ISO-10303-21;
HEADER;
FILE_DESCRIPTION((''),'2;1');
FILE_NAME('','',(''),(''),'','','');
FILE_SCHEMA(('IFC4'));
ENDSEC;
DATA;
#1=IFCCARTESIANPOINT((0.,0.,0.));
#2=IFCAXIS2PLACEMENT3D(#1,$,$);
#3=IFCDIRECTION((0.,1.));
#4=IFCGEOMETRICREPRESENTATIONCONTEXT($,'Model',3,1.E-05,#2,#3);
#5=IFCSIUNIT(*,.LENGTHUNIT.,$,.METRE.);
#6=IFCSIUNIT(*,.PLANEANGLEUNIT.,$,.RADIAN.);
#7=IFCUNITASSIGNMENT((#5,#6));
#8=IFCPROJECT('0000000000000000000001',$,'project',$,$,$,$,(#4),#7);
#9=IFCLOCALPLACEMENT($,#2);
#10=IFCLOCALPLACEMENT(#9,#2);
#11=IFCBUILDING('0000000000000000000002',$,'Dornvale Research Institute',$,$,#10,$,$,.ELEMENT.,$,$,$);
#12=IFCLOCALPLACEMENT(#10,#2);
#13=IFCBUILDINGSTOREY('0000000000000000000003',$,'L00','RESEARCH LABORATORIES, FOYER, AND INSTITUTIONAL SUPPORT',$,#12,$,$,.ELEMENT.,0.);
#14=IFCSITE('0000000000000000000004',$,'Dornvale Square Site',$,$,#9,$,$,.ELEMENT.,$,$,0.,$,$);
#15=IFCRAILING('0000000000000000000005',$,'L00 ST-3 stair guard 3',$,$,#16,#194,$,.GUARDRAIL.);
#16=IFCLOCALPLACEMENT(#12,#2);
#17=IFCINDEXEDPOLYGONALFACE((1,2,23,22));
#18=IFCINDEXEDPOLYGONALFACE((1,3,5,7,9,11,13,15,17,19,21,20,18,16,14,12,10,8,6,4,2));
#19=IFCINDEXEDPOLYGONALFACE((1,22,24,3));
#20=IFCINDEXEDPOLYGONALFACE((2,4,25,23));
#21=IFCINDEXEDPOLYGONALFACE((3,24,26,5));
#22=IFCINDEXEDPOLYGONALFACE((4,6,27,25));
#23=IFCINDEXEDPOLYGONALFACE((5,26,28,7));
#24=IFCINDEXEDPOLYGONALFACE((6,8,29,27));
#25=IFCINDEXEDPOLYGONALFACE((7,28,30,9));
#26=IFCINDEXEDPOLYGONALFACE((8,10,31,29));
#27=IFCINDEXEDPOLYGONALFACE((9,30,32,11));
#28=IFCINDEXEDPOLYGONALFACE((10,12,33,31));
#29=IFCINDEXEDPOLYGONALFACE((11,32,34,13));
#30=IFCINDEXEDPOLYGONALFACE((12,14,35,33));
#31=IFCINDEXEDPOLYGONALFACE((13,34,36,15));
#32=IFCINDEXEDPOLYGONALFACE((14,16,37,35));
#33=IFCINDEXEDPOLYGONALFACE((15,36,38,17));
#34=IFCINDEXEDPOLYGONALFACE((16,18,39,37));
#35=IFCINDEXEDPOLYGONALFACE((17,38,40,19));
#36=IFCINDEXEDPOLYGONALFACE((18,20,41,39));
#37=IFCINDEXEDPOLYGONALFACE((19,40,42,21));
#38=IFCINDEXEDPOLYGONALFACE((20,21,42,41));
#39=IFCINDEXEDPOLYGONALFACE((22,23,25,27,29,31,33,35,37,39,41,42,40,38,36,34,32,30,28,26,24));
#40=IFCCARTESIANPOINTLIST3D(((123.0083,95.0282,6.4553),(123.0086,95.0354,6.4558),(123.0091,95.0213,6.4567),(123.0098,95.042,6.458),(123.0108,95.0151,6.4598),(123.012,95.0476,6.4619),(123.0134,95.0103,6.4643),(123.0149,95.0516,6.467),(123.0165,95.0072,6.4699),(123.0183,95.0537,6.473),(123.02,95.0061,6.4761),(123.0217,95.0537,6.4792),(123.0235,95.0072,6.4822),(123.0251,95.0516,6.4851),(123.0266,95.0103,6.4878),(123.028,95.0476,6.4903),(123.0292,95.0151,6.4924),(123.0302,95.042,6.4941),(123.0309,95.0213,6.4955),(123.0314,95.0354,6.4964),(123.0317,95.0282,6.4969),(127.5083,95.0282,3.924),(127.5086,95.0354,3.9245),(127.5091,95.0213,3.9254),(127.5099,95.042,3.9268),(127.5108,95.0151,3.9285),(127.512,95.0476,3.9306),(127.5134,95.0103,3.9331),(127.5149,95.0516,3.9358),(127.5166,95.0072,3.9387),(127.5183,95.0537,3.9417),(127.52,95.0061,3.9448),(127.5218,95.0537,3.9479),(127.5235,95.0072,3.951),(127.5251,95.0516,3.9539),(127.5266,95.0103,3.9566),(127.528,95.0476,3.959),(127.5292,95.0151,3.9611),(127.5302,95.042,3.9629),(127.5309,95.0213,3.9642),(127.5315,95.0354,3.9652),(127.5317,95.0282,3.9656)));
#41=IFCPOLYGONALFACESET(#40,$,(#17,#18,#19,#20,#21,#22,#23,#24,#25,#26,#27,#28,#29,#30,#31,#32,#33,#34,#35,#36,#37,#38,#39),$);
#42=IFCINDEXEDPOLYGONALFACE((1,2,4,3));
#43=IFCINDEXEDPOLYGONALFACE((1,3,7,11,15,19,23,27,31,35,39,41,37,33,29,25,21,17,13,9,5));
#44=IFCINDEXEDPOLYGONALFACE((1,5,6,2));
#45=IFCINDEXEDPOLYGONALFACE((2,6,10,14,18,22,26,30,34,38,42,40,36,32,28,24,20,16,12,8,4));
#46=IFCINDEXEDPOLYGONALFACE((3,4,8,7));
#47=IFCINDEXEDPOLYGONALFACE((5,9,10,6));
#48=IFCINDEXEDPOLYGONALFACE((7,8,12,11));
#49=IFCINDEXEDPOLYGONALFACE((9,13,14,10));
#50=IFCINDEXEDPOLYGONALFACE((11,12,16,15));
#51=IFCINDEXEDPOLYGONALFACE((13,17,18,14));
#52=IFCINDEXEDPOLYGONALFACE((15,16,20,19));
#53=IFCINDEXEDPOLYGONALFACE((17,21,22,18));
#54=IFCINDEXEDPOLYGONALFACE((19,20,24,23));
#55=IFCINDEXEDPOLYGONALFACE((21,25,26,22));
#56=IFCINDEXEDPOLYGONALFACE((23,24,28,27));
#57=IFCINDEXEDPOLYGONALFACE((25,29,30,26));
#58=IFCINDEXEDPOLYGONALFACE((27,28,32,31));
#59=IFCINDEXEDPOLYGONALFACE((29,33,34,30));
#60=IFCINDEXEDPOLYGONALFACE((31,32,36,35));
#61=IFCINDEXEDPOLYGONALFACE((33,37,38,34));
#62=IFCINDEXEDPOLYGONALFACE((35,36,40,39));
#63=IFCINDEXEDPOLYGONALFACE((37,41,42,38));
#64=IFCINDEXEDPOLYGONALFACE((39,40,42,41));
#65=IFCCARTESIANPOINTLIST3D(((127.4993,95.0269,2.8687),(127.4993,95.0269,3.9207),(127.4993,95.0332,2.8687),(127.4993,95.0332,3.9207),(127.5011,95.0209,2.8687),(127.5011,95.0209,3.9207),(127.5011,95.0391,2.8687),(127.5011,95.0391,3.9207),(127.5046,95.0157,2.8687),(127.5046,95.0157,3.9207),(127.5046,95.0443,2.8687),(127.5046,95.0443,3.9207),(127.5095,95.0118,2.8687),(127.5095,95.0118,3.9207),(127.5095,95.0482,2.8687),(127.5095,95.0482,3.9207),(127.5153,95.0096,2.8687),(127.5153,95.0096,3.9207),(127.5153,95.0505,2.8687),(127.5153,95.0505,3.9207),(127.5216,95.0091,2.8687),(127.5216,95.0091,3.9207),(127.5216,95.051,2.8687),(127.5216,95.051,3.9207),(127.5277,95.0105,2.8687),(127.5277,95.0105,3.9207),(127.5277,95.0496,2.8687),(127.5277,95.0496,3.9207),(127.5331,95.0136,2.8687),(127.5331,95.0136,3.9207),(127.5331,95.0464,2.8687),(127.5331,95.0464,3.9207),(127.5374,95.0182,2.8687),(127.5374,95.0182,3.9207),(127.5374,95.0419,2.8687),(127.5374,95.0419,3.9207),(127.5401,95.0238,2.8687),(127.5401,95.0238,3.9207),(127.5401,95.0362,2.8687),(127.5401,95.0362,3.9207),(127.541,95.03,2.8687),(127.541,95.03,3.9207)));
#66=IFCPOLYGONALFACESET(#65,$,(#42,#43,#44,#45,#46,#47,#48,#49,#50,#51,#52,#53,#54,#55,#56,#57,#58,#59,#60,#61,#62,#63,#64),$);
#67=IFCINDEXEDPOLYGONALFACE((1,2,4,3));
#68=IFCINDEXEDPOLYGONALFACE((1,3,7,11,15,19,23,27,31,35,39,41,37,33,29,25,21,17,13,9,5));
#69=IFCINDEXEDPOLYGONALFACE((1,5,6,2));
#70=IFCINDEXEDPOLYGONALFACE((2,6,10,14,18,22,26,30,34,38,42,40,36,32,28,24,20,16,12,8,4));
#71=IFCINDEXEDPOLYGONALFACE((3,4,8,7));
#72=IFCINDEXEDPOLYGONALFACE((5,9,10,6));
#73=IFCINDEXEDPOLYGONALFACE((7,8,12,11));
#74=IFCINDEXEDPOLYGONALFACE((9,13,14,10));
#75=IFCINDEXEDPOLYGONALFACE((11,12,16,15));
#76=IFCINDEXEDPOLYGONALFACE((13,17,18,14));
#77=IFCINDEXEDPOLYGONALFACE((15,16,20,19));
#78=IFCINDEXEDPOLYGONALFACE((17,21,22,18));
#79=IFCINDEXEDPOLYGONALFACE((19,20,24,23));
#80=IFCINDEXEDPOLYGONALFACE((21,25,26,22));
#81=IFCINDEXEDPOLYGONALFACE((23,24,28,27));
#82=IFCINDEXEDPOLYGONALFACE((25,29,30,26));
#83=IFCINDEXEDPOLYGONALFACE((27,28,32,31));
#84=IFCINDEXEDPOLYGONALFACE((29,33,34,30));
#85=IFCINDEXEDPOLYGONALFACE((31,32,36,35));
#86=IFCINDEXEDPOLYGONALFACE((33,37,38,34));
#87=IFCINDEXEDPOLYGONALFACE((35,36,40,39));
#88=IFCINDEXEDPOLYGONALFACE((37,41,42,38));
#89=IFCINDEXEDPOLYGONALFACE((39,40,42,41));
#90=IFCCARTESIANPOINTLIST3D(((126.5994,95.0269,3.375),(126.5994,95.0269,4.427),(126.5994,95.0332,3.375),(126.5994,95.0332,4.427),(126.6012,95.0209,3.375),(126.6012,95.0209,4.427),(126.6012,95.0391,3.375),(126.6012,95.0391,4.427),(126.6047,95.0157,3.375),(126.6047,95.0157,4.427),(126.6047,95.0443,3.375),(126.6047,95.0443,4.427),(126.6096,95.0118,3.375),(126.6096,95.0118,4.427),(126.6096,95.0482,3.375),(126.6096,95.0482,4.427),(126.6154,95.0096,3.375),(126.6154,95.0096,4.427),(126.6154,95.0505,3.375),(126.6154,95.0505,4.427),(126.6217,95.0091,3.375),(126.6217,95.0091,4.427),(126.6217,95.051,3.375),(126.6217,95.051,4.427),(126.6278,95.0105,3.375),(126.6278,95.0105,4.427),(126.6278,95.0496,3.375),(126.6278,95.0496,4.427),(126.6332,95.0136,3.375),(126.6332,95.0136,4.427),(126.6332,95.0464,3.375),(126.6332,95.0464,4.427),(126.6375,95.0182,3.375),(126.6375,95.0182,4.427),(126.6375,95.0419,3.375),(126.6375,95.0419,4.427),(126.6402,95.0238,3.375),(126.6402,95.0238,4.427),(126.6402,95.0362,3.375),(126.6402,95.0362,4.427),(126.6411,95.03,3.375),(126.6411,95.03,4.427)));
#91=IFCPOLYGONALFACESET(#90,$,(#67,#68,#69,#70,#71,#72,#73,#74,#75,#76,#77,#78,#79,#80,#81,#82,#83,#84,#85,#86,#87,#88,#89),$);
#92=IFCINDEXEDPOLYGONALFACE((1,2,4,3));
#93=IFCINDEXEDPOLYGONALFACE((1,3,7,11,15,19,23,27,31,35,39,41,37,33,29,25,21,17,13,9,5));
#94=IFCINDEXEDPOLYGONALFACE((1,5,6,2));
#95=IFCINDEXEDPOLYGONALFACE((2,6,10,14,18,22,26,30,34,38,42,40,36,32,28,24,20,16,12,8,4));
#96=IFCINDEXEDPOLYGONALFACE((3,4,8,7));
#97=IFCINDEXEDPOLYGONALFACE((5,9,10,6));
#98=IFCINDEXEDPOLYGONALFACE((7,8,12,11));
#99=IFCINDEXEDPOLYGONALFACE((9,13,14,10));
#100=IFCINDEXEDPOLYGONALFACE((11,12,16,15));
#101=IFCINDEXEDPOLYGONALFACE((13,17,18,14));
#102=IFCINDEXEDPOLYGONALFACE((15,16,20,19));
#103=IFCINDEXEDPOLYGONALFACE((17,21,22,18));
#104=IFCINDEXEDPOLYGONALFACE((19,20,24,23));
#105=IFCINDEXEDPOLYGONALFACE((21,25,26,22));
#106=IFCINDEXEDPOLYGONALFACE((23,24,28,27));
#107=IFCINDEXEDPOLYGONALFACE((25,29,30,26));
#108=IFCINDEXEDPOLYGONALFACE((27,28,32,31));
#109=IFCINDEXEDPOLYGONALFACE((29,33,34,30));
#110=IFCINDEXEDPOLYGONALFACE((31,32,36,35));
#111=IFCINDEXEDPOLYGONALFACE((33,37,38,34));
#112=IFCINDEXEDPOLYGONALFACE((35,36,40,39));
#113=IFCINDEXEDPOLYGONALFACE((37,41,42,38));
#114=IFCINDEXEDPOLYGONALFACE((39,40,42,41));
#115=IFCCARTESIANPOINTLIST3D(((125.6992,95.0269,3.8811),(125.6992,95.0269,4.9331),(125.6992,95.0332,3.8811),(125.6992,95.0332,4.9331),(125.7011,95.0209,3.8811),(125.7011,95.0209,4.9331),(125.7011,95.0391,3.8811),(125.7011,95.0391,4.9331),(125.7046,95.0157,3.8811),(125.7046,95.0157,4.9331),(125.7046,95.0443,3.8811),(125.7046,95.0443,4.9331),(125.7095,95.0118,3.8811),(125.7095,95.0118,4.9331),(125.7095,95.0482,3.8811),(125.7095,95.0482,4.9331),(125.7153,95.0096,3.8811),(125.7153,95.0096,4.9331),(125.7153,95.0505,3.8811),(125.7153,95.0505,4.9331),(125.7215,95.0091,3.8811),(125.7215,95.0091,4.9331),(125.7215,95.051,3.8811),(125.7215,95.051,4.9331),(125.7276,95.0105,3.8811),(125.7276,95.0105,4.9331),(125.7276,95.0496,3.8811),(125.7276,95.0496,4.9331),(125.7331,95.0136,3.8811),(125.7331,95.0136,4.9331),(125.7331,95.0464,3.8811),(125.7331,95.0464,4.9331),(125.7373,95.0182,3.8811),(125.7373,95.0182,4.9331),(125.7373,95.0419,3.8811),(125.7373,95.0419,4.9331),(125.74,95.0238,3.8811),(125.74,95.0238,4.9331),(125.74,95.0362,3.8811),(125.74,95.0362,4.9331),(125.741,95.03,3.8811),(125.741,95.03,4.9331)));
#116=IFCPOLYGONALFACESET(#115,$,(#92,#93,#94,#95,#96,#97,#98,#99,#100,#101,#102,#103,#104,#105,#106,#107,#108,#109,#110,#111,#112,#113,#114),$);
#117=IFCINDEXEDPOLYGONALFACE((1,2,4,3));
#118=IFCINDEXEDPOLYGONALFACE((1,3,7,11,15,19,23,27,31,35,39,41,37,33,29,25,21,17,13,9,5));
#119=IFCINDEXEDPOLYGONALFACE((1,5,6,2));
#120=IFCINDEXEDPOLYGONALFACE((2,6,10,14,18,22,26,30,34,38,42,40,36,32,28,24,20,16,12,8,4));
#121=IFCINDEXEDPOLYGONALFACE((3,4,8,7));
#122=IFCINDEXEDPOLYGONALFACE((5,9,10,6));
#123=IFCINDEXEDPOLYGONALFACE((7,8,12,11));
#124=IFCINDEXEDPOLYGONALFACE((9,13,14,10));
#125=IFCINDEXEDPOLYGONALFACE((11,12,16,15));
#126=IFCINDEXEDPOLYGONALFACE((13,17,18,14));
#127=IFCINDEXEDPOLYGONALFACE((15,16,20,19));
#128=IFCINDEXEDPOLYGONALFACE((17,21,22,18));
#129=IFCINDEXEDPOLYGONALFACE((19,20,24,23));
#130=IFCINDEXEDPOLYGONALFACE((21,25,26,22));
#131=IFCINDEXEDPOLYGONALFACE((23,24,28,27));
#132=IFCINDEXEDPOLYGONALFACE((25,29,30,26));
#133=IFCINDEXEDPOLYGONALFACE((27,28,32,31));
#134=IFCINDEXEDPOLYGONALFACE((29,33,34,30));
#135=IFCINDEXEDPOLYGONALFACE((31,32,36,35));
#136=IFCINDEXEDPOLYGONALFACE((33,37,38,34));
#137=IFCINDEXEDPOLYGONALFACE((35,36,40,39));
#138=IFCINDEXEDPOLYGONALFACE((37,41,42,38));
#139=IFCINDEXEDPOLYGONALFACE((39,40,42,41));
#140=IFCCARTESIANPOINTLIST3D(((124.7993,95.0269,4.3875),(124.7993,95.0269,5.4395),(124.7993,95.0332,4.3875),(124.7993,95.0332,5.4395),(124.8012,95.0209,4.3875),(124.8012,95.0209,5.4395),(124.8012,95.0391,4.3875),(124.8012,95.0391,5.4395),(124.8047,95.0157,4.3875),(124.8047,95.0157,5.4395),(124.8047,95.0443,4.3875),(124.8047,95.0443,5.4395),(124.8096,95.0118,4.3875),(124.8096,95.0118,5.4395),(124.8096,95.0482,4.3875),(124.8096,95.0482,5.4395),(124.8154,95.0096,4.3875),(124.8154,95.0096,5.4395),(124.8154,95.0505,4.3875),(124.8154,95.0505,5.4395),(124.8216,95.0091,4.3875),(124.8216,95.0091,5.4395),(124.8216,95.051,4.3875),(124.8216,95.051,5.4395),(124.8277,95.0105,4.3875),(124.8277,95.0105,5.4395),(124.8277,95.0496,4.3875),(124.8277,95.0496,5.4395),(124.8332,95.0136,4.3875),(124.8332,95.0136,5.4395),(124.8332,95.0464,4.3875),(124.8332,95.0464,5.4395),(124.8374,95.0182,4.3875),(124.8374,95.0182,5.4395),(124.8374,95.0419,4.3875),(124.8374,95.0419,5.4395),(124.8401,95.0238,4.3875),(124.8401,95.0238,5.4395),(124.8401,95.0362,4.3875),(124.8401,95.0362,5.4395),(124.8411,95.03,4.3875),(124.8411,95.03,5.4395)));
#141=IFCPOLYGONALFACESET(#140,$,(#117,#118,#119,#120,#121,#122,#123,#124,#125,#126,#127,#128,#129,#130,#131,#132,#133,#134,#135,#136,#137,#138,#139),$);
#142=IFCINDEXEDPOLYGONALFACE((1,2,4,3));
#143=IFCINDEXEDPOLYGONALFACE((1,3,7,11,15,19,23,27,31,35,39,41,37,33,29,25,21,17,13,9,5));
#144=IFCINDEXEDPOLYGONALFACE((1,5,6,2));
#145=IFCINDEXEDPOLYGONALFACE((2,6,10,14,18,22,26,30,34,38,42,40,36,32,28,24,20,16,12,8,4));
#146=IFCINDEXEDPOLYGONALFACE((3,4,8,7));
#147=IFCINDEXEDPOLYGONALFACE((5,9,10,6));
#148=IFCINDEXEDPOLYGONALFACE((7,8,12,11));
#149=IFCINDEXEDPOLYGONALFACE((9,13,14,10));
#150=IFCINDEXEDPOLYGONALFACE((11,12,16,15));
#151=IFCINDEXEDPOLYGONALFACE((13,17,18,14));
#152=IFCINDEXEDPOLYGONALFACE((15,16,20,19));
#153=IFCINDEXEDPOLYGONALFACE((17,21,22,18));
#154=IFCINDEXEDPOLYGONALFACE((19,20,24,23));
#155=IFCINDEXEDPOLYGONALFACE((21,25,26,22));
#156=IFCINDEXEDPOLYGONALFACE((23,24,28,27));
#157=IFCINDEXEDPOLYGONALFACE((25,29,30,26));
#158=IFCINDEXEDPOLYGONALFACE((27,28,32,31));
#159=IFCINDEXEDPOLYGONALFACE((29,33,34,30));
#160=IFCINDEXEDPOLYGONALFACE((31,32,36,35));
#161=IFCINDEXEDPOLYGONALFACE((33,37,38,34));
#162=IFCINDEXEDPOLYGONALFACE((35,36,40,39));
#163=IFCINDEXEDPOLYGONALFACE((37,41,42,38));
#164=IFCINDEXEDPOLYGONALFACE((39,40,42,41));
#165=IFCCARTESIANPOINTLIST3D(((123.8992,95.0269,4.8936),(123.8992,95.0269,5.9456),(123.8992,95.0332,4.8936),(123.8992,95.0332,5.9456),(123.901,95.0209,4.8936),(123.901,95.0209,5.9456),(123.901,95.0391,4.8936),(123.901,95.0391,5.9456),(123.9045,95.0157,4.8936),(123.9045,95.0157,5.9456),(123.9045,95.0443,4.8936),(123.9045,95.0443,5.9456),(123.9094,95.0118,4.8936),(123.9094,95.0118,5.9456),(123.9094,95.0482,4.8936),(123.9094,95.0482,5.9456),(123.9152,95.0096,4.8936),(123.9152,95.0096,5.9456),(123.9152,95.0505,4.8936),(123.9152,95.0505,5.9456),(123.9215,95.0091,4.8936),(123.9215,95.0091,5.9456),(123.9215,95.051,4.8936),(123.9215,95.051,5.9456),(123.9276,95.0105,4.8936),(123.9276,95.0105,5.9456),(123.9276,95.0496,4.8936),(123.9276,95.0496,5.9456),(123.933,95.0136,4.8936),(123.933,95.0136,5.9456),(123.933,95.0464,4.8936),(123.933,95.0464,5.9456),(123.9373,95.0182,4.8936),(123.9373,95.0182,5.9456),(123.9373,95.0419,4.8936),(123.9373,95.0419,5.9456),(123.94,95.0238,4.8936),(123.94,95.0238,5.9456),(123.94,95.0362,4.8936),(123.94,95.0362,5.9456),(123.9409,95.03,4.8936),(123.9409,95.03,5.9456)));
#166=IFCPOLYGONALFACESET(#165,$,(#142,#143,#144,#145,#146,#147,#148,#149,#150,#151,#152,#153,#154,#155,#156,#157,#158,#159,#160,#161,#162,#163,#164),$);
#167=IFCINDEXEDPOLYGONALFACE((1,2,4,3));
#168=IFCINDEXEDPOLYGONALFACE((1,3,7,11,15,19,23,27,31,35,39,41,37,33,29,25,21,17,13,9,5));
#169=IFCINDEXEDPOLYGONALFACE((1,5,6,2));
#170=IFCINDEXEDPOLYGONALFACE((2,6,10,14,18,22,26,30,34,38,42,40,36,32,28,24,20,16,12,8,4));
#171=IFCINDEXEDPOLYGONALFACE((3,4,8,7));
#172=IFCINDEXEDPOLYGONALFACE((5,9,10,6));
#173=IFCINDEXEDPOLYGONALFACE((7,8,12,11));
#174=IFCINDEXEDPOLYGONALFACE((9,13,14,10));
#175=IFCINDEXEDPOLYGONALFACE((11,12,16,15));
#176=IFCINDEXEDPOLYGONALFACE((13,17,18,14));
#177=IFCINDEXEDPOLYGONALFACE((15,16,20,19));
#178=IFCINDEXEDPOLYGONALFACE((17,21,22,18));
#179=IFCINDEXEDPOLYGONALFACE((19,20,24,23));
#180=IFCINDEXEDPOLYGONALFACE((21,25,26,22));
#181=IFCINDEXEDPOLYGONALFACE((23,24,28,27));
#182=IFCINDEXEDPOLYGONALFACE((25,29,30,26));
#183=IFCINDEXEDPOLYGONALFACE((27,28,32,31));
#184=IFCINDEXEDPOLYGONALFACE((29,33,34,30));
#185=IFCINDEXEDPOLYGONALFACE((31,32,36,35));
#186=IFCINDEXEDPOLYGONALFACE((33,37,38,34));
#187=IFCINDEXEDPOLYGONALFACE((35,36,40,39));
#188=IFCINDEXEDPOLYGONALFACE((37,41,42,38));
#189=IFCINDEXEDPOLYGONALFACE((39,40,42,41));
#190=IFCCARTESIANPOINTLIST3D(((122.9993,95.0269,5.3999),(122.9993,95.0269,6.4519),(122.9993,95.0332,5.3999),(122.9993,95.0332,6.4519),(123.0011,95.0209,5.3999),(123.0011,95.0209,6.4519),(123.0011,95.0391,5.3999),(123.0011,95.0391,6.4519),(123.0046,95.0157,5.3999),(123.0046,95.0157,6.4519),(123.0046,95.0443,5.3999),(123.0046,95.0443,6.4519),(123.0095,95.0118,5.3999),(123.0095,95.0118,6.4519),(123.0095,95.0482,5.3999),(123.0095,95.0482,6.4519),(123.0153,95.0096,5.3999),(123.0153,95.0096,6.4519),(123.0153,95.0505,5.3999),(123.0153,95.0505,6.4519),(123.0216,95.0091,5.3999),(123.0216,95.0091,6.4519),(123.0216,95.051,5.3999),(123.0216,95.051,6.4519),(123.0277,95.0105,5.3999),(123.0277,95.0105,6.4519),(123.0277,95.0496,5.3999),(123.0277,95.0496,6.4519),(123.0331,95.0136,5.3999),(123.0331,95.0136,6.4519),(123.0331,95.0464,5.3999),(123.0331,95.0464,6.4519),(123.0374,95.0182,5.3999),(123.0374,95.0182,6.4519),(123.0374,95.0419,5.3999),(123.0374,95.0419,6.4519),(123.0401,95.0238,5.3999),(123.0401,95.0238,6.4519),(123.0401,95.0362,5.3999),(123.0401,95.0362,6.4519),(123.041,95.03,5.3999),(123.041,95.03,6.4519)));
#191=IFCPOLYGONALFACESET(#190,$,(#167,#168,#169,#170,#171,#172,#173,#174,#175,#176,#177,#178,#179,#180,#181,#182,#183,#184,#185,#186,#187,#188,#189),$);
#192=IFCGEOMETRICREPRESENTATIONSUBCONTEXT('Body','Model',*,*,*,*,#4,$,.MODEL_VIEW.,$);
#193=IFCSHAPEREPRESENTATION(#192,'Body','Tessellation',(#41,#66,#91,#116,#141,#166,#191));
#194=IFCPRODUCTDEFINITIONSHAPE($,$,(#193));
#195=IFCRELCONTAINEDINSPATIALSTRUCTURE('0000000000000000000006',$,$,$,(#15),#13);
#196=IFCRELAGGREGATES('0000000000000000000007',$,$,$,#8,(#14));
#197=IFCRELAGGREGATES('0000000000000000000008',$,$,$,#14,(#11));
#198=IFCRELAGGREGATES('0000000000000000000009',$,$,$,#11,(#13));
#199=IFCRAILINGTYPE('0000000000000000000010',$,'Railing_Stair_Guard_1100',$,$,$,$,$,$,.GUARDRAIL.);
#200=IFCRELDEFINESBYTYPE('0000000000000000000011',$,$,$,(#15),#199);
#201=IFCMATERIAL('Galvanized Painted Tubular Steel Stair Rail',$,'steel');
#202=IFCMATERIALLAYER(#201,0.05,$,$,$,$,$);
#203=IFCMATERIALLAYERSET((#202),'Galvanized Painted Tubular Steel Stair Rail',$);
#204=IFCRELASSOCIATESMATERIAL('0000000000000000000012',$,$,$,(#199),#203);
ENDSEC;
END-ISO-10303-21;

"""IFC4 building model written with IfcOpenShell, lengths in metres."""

from ifc_helpers import new_model, si_unit, direction, frame, origin, origin_2d, place, context, subcontext, project, spatial, circle, extrude, material, layer, layer_set, type_object, element, save


model = new_model("IFC4")

# Units and contexts
model_context = context("Model", 3, precision=1e-05, world=origin(), true_north=direction((0.0, 1.0)))
body_context = subcontext(model_context, "Body", "Model", "MODEL_VIEW")
ifc_project = project(units=[si_unit("LENGTHUNIT", "METRE"), si_unit("PLANEANGLEUNIT", "RADIAN")], contexts=[model_context])

# Site, building, storey
site_placement = place(None, origin())
site = spatial("IfcSite", under=ifc_project, at=site_placement, Name="Dornvale Square Site", CompositionType="ELEMENT", RefElevation=0.0)
building_placement = place(site_placement, origin())
building = spatial("IfcBuilding", under=site, at=building_placement, Name="Dornvale Research Institute", CompositionType="ELEMENT")
storey_placement = place(building_placement, origin())
storey = spatial("IfcBuildingStorey", under=building, at=storey_placement, Name="L00", Description="RESEARCH LABORATORIES, FOYER, AND INSTITUTIONAL SUPPORT", CompositionType="ELEMENT", Elevation=0.0)

# Railing
ifc_material_1 = material(Name="Galvanized Painted Tubular Steel Stair Rail", Category="steel")
ifc_layer_1 = layer(ifc_material_1, 0.05)
ifc_layer_set_1 = layer_set([ifc_layer_1], Name="Galvanized Painted Tubular Steel Stair Rail")
railing_type = type_object("IfcRailingType", Name="Railing_Stair_Guard_1100", PredefinedType="GUARDRAIL", material=ifc_layer_set_1)
railing_1_placement = place(storey_placement, frame((127.52, 95.03, 2.8687)))
element("IfcRailing", 1, at=railing_1_placement, inside=storey, type_object=railing_type, Name="L00 ST-3 stair guard 3", PredefinedType="GUARDRAIL", context=body_context, shape_type="SweptSolid", body=[
    extrude(circle(Radius=0.0239, at=origin_2d()), frame((0.0, 0.0, 1.0762), z_axis=(-0.871576, 0.0, 0.490261), x_axis=(0.0, -1.0, 0.0)), (0.0, 0.0, 1.0), 5.1631),
    extrude(circle(Radius=0.021, at=origin_2d()), origin(), (0.0, 0.0, 1.0), 1.052),
    extrude(circle(Radius=0.021, at=origin_2d()), frame((-0.8999, 0.0, 0.5063)), (0.0, 0.0, 1.0), 1.052),
    extrude(circle(Radius=0.021, at=origin_2d()), frame((-1.8, 0.0, 1.0125)), (0.0, 0.0, 1.0), 1.052),
    extrude(circle(Radius=0.021, at=origin_2d()), frame((-2.7, 0.0, 1.5188)), (0.0, 0.0, 1.0), 1.052),
    extrude(circle(Radius=0.021, at=origin_2d()), frame((-3.6001, 0.0, 2.0249)), (0.0, 0.0, 1.0), 1.052),
    extrude(circle(Radius=0.021, at=origin_2d()), frame((-4.5, 0.0, 2.5312)), (0.0, 0.0, 1.0), 1.052),
])

save(model, "model.ifc")
